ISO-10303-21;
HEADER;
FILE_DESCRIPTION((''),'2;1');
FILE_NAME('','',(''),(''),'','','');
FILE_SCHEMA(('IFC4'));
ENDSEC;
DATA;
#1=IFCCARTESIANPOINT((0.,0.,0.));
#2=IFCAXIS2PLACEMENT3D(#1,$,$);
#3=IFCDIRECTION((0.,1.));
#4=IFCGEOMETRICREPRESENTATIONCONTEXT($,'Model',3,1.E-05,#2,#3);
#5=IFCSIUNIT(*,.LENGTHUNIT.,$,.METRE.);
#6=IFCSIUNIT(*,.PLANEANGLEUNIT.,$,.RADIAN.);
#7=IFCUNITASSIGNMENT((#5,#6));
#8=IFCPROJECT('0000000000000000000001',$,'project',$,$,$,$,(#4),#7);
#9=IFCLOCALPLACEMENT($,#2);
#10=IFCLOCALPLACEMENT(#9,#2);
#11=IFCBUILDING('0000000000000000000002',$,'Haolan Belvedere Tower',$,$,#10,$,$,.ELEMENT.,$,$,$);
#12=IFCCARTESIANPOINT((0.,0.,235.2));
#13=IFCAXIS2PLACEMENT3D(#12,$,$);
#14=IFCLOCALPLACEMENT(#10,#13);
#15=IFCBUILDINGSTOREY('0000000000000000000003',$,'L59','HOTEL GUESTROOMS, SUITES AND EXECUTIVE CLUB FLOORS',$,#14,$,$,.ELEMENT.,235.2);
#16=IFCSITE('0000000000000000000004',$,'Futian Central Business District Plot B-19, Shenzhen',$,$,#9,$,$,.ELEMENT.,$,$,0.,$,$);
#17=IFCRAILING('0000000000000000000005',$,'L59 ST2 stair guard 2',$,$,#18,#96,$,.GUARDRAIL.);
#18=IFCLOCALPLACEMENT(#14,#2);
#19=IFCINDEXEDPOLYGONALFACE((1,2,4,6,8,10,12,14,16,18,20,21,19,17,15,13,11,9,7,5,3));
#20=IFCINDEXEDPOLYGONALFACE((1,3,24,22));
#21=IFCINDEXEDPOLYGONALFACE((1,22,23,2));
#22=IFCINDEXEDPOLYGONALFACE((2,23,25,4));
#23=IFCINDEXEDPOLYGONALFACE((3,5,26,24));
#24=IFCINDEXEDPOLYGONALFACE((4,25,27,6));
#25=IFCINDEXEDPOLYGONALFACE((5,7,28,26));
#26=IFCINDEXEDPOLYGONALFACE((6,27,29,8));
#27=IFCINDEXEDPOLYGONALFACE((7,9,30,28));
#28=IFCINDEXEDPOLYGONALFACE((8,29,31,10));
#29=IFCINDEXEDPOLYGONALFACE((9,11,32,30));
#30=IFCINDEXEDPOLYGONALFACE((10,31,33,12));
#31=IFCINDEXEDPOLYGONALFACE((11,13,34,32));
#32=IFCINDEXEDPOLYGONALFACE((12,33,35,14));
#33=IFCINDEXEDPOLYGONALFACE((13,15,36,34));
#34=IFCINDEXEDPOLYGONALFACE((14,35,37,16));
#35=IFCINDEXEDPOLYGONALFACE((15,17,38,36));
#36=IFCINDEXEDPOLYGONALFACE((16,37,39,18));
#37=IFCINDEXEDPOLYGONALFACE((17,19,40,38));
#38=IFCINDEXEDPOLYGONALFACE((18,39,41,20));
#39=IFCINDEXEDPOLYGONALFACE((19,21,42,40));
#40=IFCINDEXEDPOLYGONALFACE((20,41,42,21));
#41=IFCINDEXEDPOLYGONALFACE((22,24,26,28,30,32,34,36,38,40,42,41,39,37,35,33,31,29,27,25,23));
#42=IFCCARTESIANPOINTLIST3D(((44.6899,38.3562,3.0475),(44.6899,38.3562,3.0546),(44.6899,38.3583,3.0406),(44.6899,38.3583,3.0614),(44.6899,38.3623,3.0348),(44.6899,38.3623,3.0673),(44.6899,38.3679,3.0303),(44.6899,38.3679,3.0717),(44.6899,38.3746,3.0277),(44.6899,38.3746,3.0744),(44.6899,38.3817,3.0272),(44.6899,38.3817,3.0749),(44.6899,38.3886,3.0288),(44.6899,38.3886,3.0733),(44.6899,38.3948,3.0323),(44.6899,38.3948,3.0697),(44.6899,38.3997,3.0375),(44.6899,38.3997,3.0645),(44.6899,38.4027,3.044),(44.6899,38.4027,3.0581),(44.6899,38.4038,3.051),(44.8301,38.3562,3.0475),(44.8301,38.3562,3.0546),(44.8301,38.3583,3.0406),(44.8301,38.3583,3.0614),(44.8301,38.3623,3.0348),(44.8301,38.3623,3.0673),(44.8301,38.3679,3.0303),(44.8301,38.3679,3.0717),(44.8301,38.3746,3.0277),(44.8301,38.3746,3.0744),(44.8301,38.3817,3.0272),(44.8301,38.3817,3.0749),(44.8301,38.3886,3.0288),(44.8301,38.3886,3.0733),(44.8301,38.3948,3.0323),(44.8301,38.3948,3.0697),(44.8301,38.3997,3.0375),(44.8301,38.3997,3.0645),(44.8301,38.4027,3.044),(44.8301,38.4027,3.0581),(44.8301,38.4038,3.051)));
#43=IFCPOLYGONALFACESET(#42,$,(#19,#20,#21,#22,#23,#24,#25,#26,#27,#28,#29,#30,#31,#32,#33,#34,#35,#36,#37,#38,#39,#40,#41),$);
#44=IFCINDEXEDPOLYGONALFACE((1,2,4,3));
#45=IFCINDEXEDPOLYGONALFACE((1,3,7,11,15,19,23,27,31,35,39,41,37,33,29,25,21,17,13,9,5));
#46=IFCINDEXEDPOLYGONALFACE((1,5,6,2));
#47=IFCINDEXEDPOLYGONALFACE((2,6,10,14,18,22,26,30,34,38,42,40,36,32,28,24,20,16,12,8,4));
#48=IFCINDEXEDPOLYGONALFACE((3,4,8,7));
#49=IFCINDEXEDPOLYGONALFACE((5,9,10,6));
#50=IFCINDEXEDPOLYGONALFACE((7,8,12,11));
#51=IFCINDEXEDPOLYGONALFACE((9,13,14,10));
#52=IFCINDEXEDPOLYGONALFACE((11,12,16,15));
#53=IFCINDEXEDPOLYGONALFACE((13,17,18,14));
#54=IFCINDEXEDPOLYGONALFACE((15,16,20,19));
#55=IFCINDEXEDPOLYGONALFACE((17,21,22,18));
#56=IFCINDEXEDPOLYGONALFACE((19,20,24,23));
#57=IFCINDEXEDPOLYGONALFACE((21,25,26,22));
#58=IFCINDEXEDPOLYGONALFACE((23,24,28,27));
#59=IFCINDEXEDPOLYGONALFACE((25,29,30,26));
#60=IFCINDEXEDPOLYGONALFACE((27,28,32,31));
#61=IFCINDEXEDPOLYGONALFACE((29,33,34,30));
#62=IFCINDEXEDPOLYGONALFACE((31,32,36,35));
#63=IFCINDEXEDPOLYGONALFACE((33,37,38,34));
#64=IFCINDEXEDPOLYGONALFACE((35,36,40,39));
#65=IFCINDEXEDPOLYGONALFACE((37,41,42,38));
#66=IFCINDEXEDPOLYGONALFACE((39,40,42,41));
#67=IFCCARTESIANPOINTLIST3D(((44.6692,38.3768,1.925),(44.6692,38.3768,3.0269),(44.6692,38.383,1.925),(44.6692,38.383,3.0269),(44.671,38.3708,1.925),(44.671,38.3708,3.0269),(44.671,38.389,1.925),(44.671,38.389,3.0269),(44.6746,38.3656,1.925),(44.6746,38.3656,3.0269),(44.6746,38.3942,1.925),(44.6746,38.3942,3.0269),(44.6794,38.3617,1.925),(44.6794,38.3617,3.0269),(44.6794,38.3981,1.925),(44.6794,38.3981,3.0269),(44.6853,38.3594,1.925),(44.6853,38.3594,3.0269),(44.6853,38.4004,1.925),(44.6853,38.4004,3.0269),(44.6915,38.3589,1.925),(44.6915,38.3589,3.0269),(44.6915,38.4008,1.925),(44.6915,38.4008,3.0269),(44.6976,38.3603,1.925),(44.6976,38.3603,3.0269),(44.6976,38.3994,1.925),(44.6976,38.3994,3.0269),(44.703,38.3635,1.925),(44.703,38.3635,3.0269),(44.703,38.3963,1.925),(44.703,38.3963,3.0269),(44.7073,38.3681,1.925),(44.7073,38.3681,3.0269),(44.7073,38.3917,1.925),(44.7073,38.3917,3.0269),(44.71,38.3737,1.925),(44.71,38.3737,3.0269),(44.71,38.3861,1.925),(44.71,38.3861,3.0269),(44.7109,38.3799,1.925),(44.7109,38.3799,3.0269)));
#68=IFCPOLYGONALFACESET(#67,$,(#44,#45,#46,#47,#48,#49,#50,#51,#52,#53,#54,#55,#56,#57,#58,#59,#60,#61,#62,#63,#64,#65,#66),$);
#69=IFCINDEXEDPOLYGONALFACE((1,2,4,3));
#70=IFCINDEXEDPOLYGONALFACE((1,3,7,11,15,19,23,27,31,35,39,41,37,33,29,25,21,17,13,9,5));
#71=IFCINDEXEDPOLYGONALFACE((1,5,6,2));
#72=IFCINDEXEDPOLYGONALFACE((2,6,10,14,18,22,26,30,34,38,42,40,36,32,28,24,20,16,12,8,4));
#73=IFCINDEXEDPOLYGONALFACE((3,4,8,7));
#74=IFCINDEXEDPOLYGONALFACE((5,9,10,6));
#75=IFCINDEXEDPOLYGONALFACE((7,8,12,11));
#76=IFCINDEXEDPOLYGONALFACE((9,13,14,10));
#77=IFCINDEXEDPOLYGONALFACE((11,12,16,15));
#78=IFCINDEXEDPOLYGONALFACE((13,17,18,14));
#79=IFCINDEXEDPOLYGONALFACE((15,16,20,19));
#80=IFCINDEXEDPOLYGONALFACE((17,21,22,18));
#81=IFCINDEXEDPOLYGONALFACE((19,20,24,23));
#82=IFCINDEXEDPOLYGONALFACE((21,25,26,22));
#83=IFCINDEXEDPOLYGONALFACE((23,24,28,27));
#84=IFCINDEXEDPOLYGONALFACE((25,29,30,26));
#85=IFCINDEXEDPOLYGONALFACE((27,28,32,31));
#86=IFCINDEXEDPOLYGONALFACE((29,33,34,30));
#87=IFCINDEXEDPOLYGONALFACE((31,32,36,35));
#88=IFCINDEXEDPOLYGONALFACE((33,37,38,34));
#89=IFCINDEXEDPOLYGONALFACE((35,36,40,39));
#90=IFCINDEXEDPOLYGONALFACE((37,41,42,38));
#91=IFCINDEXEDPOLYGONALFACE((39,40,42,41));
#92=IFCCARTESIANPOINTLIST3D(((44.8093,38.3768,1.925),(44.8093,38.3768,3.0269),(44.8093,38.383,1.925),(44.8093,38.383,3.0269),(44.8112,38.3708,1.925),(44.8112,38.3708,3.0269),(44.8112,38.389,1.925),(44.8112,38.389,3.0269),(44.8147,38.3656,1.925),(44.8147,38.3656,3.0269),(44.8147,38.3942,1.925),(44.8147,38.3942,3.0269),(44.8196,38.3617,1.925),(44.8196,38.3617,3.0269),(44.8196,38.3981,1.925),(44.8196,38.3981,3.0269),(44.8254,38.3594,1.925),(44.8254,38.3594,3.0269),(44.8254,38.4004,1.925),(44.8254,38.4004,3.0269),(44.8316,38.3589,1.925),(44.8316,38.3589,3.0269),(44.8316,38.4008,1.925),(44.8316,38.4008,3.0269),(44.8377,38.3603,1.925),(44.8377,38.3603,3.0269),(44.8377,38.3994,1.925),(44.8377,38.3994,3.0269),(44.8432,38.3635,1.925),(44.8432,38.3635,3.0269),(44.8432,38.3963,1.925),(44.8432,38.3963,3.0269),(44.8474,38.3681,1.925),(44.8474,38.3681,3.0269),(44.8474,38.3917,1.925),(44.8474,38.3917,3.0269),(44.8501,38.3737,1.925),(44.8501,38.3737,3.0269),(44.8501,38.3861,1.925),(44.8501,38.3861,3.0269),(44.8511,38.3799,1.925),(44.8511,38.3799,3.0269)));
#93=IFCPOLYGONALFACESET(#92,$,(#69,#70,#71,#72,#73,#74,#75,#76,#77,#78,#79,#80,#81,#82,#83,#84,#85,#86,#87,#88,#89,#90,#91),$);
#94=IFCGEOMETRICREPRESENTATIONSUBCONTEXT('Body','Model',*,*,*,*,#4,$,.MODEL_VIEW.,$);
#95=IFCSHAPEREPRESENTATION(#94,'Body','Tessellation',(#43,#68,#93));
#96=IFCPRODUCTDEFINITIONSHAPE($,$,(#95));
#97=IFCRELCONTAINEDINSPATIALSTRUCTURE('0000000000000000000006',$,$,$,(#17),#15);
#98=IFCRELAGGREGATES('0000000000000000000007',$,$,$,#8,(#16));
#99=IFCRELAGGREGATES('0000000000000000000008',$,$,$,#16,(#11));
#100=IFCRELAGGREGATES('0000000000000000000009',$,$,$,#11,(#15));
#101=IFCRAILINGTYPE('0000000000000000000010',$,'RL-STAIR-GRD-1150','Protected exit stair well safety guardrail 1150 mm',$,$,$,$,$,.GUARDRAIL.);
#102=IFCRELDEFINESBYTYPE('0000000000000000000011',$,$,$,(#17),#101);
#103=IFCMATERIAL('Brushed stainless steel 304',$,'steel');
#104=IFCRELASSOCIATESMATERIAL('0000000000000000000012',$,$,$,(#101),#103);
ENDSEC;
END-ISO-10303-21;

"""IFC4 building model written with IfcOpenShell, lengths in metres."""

from ifc_helpers import new_model, si_unit, direction, frame, origin, origin_2d, place, context, subcontext, project, spatial, circle, extrude, material, type_object, element, save


model = new_model("IFC4")

# Units and contexts
model_context = context("Model", 3, precision=1e-05, world=origin(), true_north=direction((0.0, 1.0)))
body_context = subcontext(model_context, "Body", "Model", "MODEL_VIEW")
ifc_project = project(units=[si_unit("LENGTHUNIT", "METRE"), si_unit("PLANEANGLEUNIT", "RADIAN")], contexts=[model_context])

# Site, building, storey
site_placement = place(None, origin())
site = spatial("IfcSite", under=ifc_project, at=site_placement, Name="Futian Central Business District Plot B-19, Shenzhen", CompositionType="ELEMENT", RefElevation=0.0)
building_placement = place(site_placement, origin())
building = spatial("IfcBuilding", under=site, at=building_placement, Name="Haolan Belvedere Tower", CompositionType="ELEMENT")
storey_placement = place(building_placement, frame((0.0, 0.0, 235.2)))
storey = spatial("IfcBuildingStorey", under=building, at=storey_placement, Name="L59", Description="HOTEL GUESTROOMS, SUITES AND EXECUTIVE CLUB FLOORS", CompositionType="ELEMENT", Elevation=235.2)

# Railing
ifc_material_1 = material(Name="Brushed stainless steel 304", Category="steel")
railing_type_1 = type_object("IfcRailingType", Name="RL-STAIR-GRD-1150", Description="Protected exit stair well safety guardrail 1150 mm", PredefinedType="GUARDRAIL", material=ifc_material_1)
railing_1_placement = place(storey_placement, frame((44.6899, 38.3799, 1.925)))
element("IfcRailing", 1, at=railing_1_placement, inside=storey, type_object=railing_type_1, Name="L59 ST2 stair guard 2", PredefinedType="GUARDRAIL", context=body_context, shape_type="SweptSolid", body=[
    extrude(circle(Radius=0.0239, at=origin_2d()), frame((0.0, 0.0, 1.126), z_axis=(1.0, 0.0, 0.0), x_axis=(0.0, 1.0, 0.0)), (0.0, 0.0, 1.0), 0.1401),
    extrude(circle(Radius=0.021, at=origin_2d()), origin(), (0.0, 0.0, 1.0), 1.1018),
    extrude(circle(Radius=0.021, at=origin_2d()), frame((0.1401, 0.0, 0.0)), (0.0, 0.0, 1.0), 1.1018),
])

save(model, "model.ifc")
